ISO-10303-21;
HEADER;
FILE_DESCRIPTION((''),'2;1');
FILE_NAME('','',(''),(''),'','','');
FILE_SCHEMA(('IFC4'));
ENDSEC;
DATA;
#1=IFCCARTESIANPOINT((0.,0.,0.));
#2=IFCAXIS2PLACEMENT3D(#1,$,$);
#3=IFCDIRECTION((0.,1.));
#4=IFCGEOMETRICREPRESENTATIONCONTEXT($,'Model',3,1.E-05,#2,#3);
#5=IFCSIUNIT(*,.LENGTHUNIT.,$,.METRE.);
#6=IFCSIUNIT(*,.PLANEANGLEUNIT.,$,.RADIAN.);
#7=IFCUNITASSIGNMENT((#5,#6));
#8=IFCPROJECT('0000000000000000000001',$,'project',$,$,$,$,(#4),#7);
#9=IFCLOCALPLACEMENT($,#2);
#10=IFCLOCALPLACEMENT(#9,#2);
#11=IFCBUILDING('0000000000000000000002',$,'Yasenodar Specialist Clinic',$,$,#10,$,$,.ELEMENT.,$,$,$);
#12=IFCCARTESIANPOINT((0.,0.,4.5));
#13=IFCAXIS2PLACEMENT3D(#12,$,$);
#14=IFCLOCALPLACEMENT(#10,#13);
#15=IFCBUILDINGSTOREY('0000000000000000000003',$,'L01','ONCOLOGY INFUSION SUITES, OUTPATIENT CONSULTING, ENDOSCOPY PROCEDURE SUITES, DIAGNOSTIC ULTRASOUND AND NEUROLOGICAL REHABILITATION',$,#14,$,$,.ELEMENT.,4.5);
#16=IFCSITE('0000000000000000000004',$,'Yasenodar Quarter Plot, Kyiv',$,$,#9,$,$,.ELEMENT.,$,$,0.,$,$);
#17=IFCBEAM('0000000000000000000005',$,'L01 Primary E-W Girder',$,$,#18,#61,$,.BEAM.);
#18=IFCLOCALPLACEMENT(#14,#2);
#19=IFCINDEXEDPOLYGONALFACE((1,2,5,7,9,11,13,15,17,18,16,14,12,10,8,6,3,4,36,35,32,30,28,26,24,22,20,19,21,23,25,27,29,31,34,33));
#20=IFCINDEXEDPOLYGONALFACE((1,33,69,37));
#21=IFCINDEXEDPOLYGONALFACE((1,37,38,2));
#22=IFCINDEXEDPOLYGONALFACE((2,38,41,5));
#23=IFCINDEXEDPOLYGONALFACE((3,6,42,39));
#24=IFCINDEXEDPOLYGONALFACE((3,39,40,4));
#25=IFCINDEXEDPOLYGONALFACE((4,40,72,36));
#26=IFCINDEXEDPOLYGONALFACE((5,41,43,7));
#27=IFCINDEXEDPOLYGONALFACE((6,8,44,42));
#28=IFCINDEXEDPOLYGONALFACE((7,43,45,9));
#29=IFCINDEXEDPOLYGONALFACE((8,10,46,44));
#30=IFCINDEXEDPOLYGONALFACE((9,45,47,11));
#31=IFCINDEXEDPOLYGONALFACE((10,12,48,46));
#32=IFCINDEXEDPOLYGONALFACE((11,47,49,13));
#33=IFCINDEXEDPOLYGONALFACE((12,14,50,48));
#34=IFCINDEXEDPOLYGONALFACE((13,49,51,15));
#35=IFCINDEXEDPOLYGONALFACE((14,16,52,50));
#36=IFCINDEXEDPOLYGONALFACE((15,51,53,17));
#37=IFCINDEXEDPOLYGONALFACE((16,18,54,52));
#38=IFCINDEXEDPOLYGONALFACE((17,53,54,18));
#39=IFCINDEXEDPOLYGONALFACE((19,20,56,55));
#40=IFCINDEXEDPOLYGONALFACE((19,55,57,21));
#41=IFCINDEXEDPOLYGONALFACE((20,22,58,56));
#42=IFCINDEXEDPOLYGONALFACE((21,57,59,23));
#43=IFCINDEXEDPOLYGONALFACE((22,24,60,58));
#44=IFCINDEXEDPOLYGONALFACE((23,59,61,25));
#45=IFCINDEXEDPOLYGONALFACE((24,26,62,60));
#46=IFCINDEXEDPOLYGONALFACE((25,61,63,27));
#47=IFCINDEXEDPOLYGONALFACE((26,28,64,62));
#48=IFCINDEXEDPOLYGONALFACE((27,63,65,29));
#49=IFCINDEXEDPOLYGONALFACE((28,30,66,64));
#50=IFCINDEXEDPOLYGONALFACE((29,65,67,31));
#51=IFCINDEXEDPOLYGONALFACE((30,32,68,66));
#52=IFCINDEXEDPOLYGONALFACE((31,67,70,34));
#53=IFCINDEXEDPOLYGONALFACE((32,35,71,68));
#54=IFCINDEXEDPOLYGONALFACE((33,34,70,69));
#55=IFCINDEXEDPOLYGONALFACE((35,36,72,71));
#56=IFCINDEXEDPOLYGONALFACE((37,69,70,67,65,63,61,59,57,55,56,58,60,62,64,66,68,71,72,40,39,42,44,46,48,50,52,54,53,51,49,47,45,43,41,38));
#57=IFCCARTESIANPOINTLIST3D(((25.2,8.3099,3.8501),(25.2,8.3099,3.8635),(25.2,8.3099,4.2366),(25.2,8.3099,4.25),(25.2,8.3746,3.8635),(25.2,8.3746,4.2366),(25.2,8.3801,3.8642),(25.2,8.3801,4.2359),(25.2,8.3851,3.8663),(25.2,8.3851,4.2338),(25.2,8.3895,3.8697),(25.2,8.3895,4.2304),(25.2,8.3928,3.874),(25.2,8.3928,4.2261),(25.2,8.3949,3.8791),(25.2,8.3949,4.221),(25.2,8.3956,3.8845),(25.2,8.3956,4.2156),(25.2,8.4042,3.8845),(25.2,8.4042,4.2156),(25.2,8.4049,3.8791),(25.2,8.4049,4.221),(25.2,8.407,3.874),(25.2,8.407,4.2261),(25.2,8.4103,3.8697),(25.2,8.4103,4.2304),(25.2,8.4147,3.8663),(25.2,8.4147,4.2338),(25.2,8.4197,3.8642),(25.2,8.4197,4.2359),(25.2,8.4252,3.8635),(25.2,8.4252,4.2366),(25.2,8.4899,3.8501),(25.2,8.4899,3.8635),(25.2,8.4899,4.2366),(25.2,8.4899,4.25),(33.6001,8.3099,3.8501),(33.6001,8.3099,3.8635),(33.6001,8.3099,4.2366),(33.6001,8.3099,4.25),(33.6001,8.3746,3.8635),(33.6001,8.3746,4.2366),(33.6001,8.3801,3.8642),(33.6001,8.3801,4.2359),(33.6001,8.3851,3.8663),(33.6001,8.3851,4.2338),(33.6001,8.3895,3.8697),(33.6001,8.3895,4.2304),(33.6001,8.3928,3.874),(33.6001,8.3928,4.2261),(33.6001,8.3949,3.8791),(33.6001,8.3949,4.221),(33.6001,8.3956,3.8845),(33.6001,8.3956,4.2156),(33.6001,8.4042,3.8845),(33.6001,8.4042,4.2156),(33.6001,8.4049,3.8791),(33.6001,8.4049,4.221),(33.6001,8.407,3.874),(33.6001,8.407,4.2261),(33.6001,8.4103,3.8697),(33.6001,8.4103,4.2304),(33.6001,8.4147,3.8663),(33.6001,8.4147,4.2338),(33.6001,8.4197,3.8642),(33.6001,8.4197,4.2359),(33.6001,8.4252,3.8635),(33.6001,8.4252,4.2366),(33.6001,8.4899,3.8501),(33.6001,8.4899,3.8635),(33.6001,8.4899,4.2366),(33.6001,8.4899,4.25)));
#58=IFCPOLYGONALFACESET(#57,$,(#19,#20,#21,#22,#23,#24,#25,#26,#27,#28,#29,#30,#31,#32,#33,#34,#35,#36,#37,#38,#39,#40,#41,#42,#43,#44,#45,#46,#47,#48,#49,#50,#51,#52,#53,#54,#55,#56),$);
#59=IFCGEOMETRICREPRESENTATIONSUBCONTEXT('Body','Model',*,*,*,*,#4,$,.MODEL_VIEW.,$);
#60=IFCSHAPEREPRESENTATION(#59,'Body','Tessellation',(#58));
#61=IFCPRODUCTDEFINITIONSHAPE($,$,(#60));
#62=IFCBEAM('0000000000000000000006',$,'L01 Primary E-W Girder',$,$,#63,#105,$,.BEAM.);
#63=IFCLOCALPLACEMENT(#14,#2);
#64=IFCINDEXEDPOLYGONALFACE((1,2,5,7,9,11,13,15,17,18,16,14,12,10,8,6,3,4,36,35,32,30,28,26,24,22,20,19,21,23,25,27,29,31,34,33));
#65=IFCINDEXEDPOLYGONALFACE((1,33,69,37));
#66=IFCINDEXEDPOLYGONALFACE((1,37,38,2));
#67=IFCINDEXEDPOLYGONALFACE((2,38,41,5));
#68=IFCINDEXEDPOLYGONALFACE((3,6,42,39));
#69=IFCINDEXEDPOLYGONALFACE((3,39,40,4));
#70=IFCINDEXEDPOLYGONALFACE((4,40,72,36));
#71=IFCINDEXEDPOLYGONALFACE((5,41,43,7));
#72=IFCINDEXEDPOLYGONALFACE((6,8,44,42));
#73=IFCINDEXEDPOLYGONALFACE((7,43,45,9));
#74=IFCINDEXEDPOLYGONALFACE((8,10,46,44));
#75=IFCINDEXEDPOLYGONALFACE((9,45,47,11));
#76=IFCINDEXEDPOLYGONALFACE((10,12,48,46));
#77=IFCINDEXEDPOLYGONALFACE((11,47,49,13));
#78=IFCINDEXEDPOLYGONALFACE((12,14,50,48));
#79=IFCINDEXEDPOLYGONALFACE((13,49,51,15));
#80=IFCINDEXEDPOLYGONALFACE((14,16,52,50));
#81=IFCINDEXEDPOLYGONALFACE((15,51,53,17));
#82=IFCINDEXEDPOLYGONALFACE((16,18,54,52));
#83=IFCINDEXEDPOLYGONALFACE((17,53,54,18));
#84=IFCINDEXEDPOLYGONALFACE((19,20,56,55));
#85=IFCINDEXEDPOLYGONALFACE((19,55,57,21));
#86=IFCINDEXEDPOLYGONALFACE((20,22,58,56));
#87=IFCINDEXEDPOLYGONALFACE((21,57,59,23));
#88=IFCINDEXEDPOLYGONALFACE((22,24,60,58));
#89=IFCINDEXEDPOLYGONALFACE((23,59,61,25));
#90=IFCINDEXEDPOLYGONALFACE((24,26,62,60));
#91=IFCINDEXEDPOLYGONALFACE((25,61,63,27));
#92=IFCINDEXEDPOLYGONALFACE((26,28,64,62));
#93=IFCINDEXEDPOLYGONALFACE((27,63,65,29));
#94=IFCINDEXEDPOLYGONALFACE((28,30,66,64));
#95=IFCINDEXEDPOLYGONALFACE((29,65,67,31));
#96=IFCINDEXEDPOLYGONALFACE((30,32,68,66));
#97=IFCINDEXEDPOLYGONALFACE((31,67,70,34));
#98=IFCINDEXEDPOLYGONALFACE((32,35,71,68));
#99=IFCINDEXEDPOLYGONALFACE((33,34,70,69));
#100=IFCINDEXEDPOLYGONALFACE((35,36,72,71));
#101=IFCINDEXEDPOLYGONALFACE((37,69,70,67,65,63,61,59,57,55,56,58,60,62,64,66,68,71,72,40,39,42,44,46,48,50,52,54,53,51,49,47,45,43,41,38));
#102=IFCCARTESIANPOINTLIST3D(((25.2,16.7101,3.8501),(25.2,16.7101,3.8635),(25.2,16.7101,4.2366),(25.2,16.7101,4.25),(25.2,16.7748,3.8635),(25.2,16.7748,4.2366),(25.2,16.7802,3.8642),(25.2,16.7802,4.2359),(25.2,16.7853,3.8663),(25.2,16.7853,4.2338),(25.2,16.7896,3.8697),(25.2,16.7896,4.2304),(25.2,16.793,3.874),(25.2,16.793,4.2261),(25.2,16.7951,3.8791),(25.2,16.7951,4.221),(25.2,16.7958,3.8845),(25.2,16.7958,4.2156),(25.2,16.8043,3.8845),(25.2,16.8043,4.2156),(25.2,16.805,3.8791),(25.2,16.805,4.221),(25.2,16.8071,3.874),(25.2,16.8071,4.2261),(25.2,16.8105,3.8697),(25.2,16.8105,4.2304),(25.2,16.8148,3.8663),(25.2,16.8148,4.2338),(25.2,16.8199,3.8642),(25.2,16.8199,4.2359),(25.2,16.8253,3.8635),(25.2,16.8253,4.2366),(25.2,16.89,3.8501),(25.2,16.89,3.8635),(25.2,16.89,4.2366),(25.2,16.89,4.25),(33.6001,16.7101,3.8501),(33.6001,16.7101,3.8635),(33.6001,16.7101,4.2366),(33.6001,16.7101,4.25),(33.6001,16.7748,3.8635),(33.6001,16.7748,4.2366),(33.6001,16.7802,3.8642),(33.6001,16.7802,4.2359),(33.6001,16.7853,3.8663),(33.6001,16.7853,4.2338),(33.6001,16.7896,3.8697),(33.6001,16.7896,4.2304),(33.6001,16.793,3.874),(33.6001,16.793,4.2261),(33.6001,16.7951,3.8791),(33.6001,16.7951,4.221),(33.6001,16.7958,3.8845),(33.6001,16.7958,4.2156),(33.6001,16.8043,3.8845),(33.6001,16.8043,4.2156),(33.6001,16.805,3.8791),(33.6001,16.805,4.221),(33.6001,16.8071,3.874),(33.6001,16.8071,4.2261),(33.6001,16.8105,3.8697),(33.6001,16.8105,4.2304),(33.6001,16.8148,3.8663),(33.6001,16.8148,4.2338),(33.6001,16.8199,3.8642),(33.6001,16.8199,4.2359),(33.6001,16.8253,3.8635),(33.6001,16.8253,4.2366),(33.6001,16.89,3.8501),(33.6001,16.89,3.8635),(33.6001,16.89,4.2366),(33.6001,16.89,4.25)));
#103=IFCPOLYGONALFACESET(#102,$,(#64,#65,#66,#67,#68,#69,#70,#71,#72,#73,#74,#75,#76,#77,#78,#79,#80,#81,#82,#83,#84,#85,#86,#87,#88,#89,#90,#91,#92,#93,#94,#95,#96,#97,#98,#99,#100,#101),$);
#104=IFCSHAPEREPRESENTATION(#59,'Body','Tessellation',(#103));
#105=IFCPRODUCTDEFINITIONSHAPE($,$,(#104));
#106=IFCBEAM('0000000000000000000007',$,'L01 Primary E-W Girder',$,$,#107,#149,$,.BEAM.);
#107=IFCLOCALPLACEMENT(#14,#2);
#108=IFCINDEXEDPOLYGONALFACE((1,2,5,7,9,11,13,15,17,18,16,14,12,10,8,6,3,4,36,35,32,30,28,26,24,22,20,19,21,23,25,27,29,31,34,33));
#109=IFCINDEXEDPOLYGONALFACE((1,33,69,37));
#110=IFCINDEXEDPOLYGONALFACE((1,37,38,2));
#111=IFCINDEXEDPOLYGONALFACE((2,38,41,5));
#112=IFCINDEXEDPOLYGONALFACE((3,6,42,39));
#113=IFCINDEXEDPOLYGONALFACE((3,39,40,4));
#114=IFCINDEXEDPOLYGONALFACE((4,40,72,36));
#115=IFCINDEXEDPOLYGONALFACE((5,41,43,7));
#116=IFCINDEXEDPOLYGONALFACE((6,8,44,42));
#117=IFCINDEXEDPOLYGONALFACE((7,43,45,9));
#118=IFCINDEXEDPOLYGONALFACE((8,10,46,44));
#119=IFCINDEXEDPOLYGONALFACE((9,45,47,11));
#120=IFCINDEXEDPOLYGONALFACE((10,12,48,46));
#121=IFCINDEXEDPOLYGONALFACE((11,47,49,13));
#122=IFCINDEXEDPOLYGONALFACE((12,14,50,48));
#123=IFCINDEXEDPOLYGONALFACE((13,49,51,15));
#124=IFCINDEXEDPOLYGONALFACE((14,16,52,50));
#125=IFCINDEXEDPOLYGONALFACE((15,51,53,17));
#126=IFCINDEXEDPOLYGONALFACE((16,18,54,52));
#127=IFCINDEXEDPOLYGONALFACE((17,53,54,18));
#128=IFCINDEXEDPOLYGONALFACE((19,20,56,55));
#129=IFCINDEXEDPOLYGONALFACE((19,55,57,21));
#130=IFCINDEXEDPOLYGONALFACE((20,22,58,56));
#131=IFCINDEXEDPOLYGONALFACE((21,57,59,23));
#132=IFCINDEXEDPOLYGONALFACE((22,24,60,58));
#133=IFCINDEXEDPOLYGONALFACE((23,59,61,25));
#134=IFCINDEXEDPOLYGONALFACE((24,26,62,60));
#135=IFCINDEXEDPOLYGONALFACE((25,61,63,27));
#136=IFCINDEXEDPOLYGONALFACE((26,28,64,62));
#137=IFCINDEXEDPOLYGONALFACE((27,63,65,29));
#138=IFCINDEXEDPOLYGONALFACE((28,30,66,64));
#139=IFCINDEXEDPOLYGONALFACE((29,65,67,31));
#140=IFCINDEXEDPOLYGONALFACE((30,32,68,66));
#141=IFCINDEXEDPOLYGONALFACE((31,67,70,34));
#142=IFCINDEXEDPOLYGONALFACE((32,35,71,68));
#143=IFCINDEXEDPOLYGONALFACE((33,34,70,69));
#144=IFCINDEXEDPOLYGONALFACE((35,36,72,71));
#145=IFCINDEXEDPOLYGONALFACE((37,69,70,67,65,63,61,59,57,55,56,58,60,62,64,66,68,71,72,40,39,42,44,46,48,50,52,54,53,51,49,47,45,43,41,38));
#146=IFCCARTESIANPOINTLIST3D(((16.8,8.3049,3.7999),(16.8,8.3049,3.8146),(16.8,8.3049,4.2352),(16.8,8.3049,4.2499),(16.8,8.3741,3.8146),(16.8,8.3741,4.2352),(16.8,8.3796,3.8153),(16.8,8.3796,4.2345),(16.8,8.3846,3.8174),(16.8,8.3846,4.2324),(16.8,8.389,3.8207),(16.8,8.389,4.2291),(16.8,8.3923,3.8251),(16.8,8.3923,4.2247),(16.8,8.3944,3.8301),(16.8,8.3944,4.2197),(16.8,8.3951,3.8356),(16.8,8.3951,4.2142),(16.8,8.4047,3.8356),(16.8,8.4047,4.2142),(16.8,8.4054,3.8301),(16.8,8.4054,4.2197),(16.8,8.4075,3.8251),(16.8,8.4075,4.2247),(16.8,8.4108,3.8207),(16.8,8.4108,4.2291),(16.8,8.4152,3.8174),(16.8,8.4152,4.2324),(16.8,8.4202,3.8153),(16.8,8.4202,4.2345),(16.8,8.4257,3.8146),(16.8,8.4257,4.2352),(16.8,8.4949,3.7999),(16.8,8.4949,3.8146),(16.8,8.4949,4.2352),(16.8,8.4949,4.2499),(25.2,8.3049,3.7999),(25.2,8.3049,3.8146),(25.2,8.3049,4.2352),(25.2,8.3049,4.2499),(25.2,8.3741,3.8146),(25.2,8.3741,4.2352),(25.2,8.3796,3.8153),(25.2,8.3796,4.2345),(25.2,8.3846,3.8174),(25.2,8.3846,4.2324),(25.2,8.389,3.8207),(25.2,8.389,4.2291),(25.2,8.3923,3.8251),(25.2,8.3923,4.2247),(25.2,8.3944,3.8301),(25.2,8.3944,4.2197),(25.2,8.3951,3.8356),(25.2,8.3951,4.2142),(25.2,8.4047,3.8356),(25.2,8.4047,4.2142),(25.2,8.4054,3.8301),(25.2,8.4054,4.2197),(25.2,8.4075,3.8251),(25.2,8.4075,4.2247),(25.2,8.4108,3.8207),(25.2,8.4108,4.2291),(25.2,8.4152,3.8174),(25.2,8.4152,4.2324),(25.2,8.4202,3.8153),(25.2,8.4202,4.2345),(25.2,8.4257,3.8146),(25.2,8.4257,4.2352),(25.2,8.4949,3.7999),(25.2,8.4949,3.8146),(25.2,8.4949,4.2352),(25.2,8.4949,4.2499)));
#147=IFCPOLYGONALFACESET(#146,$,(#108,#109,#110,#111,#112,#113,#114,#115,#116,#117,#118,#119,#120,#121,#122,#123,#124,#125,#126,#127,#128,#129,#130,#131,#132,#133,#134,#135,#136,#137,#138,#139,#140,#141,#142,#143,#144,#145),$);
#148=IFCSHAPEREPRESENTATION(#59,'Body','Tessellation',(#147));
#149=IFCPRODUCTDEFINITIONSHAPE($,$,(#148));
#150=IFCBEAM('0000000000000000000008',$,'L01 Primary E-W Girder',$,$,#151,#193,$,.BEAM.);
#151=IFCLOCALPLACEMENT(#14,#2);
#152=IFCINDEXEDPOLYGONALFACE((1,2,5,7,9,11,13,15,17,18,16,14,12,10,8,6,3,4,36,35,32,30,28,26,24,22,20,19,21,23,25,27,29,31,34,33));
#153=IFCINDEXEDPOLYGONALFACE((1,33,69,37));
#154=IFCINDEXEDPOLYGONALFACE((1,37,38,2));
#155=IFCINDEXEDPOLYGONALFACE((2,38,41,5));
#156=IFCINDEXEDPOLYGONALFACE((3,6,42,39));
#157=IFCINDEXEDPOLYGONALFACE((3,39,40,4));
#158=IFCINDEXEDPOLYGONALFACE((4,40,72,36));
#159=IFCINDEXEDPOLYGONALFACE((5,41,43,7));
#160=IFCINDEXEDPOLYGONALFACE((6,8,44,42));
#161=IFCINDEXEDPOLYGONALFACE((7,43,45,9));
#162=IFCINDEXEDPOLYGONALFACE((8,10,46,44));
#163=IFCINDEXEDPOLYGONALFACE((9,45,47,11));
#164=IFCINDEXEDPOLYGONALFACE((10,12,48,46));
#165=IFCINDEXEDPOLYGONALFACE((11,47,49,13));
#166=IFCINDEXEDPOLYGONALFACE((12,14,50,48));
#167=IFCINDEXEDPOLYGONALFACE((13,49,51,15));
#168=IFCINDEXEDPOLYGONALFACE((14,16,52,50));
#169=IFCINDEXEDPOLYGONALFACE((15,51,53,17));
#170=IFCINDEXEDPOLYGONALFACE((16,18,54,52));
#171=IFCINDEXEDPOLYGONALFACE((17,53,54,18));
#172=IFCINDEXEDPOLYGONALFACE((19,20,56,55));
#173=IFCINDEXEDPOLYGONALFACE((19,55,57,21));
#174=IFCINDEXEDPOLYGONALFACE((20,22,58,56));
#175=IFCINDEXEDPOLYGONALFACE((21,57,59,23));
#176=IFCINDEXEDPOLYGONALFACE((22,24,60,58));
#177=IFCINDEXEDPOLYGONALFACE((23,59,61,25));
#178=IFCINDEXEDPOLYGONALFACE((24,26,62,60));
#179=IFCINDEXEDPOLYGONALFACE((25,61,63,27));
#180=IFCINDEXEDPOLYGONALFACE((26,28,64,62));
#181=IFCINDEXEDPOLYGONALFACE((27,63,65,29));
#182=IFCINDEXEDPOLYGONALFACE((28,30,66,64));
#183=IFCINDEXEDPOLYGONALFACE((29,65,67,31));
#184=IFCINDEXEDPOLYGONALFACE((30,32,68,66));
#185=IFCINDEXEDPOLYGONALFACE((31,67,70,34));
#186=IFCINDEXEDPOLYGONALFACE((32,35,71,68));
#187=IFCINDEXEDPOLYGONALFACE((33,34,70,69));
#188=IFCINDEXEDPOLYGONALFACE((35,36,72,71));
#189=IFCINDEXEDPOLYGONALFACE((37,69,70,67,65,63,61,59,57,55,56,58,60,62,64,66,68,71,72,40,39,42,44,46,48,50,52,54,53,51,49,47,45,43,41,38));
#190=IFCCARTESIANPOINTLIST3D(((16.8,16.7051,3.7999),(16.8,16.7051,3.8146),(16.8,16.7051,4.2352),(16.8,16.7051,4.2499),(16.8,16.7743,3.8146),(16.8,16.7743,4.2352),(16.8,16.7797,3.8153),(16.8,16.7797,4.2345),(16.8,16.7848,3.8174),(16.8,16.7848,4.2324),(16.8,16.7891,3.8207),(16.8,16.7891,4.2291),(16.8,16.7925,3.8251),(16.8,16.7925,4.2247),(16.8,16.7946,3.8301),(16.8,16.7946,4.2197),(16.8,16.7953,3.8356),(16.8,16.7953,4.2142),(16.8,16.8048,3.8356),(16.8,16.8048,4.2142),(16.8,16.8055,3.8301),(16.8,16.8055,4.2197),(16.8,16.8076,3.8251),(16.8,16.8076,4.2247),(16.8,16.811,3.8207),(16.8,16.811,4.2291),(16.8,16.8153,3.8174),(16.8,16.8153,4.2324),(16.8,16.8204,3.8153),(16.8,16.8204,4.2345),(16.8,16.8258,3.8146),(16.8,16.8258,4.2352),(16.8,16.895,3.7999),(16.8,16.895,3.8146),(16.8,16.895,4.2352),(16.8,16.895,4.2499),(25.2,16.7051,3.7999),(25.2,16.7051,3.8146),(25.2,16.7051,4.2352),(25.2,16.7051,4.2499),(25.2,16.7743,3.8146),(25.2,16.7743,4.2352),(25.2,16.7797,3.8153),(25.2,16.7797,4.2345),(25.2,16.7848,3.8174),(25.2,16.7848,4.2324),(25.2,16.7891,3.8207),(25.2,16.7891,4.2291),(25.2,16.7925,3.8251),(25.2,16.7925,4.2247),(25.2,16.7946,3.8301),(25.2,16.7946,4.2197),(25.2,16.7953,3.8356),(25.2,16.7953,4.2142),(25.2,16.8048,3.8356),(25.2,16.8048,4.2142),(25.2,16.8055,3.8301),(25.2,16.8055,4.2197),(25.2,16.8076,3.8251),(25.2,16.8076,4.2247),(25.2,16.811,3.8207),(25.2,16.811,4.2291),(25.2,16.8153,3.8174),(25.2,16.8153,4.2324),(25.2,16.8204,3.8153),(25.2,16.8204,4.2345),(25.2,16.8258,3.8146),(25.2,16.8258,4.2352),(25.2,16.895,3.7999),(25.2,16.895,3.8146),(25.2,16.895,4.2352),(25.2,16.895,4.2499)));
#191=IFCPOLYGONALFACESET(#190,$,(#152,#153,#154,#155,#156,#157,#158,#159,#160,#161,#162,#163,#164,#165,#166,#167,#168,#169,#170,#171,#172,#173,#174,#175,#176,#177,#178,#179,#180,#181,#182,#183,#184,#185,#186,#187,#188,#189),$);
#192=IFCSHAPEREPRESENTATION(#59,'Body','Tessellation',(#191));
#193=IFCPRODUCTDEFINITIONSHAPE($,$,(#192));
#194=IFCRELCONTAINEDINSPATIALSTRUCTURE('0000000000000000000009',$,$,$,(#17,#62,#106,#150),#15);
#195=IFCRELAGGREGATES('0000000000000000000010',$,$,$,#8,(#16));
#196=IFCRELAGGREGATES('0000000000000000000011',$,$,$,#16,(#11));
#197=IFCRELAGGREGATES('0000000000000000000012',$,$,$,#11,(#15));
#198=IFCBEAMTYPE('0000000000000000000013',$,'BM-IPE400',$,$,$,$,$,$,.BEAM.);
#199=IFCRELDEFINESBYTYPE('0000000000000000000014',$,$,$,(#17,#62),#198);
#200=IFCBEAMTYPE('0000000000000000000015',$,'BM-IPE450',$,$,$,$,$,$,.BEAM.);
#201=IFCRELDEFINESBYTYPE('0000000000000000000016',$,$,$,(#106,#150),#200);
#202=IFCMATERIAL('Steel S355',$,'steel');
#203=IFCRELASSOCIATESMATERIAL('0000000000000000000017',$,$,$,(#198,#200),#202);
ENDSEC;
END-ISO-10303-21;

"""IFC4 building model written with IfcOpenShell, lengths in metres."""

from ifc_helpers import new_model, si_unit, direction, frame, origin, origin_2d, place, context, subcontext, project, spatial, i_section, extrude, material, material_profile, profile_set, type_object, element, save


model = new_model("IFC4")

# Units and contexts
model_context = context("Model", 3, precision=1e-05, world=origin(), true_north=direction((0.0, 1.0)))
body_context = subcontext(model_context, "Body", "Model", "MODEL_VIEW")
ifc_project = project(units=[si_unit("LENGTHUNIT", "METRE"), si_unit("PLANEANGLEUNIT", "RADIAN")], contexts=[model_context])

# Site, building, storey
site_placement = place(None, origin())
site = spatial("IfcSite", under=ifc_project, at=site_placement, Name="Yasenodar Quarter Plot, Kyiv", CompositionType="ELEMENT", RefElevation=0.0)
building_placement = place(site_placement, origin())
building = spatial("IfcBuilding", under=site, at=building_placement, Name="Yasenodar Specialist Clinic", CompositionType="ELEMENT")
storey_placement = place(building_placement, frame((0.0, 0.0, 4.5)))
storey = spatial("IfcBuildingStorey", under=building, at=storey_placement, Name="L01", Description="ONCOLOGY INFUSION SUITES, OUTPATIENT CONSULTING, ENDOSCOPY PROCEDURE SUITES, DIAGNOSTIC ULTRASOUND AND NEUROLOGICAL REHABILITATION", CompositionType="ELEMENT", Elevation=4.5)

# Beams
ifc_material_1 = material(Name="Steel S355", Category="steel")
ifc_material_profile_1 = material_profile(ifc_material_1, i_section(OverallWidth=0.1799, OverallDepth=0.3999, WebThickness=0.0085, FlangeThickness=0.0134, FilletRadius=0.021, at=origin_2d()), Name="IPE 400")
ifc_profile_set_1 = profile_set([ifc_material_profile_1], Name="Steel S355")
beam_type_1 = type_object("IfcBeamType", Name="BM-IPE400", PredefinedType="BEAM", material=ifc_profile_set_1)
for number, where, z_axis, x_axis, name in (
    (1, (25.2, 8.3999, 4.05), (1.0, 0.0, 0.0), (0.0, 1.0, 0.0), "L01 Primary E-W Girder"),
    (2, (25.2, 16.8, 4.05), (1.0, 0.0, 0.0), (0.0, 1.0, 0.0), "L01 Primary E-W Girder"),
):
    element("IfcBeam", number, at=place(storey_placement, frame(where, z_axis=z_axis, x_axis=x_axis)), inside=storey, type_object=beam_type_1, Name=name, PredefinedType="BEAM", context=body_context, shape_type="SweptSolid", body=[
        extrude(i_section(OverallWidth=0.1799, OverallDepth=0.3999, WebThickness=0.0085, FlangeThickness=0.0134, FilletRadius=0.021, at=origin_2d()), origin(), (0.0, 0.0, 1.0), 8.4001),
    ])
ifc_material_profile_2 = material_profile(ifc_material_1, i_section(OverallWidth=0.1899, OverallDepth=0.45, WebThickness=0.0095, FlangeThickness=0.0146, FilletRadius=0.021, at=origin_2d()), Name="IPE 450")
ifc_profile_set_2 = profile_set([ifc_material_profile_2], Name="Steel S355")
beam_type_2 = type_object("IfcBeamType", Name="BM-IPE450", PredefinedType="BEAM", material=ifc_profile_set_2)
for number, where, z_axis, x_axis, name in (
    (3, (16.8, 8.3999, 4.0249), (1.0, 0.0, 0.0), (0.0, 1.0, 0.0), "L01 Primary E-W Girder"),
    (4, (16.8, 16.8, 4.0249), (1.0, 0.0, 0.0), (0.0, 1.0, 0.0), "L01 Primary E-W Girder"),
):
    element("IfcBeam", number, at=place(storey_placement, frame(where, z_axis=z_axis, x_axis=x_axis)), inside=storey, type_object=beam_type_2, Name=name, PredefinedType="BEAM", context=body_context, shape_type="SweptSolid", body=[
        extrude(i_section(OverallWidth=0.1899, OverallDepth=0.45, WebThickness=0.0095, FlangeThickness=0.0146, FilletRadius=0.021, at=origin_2d()), origin(), (0.0, 0.0, 1.0), 8.3999),
    ])

save(model, "model.ifc")
